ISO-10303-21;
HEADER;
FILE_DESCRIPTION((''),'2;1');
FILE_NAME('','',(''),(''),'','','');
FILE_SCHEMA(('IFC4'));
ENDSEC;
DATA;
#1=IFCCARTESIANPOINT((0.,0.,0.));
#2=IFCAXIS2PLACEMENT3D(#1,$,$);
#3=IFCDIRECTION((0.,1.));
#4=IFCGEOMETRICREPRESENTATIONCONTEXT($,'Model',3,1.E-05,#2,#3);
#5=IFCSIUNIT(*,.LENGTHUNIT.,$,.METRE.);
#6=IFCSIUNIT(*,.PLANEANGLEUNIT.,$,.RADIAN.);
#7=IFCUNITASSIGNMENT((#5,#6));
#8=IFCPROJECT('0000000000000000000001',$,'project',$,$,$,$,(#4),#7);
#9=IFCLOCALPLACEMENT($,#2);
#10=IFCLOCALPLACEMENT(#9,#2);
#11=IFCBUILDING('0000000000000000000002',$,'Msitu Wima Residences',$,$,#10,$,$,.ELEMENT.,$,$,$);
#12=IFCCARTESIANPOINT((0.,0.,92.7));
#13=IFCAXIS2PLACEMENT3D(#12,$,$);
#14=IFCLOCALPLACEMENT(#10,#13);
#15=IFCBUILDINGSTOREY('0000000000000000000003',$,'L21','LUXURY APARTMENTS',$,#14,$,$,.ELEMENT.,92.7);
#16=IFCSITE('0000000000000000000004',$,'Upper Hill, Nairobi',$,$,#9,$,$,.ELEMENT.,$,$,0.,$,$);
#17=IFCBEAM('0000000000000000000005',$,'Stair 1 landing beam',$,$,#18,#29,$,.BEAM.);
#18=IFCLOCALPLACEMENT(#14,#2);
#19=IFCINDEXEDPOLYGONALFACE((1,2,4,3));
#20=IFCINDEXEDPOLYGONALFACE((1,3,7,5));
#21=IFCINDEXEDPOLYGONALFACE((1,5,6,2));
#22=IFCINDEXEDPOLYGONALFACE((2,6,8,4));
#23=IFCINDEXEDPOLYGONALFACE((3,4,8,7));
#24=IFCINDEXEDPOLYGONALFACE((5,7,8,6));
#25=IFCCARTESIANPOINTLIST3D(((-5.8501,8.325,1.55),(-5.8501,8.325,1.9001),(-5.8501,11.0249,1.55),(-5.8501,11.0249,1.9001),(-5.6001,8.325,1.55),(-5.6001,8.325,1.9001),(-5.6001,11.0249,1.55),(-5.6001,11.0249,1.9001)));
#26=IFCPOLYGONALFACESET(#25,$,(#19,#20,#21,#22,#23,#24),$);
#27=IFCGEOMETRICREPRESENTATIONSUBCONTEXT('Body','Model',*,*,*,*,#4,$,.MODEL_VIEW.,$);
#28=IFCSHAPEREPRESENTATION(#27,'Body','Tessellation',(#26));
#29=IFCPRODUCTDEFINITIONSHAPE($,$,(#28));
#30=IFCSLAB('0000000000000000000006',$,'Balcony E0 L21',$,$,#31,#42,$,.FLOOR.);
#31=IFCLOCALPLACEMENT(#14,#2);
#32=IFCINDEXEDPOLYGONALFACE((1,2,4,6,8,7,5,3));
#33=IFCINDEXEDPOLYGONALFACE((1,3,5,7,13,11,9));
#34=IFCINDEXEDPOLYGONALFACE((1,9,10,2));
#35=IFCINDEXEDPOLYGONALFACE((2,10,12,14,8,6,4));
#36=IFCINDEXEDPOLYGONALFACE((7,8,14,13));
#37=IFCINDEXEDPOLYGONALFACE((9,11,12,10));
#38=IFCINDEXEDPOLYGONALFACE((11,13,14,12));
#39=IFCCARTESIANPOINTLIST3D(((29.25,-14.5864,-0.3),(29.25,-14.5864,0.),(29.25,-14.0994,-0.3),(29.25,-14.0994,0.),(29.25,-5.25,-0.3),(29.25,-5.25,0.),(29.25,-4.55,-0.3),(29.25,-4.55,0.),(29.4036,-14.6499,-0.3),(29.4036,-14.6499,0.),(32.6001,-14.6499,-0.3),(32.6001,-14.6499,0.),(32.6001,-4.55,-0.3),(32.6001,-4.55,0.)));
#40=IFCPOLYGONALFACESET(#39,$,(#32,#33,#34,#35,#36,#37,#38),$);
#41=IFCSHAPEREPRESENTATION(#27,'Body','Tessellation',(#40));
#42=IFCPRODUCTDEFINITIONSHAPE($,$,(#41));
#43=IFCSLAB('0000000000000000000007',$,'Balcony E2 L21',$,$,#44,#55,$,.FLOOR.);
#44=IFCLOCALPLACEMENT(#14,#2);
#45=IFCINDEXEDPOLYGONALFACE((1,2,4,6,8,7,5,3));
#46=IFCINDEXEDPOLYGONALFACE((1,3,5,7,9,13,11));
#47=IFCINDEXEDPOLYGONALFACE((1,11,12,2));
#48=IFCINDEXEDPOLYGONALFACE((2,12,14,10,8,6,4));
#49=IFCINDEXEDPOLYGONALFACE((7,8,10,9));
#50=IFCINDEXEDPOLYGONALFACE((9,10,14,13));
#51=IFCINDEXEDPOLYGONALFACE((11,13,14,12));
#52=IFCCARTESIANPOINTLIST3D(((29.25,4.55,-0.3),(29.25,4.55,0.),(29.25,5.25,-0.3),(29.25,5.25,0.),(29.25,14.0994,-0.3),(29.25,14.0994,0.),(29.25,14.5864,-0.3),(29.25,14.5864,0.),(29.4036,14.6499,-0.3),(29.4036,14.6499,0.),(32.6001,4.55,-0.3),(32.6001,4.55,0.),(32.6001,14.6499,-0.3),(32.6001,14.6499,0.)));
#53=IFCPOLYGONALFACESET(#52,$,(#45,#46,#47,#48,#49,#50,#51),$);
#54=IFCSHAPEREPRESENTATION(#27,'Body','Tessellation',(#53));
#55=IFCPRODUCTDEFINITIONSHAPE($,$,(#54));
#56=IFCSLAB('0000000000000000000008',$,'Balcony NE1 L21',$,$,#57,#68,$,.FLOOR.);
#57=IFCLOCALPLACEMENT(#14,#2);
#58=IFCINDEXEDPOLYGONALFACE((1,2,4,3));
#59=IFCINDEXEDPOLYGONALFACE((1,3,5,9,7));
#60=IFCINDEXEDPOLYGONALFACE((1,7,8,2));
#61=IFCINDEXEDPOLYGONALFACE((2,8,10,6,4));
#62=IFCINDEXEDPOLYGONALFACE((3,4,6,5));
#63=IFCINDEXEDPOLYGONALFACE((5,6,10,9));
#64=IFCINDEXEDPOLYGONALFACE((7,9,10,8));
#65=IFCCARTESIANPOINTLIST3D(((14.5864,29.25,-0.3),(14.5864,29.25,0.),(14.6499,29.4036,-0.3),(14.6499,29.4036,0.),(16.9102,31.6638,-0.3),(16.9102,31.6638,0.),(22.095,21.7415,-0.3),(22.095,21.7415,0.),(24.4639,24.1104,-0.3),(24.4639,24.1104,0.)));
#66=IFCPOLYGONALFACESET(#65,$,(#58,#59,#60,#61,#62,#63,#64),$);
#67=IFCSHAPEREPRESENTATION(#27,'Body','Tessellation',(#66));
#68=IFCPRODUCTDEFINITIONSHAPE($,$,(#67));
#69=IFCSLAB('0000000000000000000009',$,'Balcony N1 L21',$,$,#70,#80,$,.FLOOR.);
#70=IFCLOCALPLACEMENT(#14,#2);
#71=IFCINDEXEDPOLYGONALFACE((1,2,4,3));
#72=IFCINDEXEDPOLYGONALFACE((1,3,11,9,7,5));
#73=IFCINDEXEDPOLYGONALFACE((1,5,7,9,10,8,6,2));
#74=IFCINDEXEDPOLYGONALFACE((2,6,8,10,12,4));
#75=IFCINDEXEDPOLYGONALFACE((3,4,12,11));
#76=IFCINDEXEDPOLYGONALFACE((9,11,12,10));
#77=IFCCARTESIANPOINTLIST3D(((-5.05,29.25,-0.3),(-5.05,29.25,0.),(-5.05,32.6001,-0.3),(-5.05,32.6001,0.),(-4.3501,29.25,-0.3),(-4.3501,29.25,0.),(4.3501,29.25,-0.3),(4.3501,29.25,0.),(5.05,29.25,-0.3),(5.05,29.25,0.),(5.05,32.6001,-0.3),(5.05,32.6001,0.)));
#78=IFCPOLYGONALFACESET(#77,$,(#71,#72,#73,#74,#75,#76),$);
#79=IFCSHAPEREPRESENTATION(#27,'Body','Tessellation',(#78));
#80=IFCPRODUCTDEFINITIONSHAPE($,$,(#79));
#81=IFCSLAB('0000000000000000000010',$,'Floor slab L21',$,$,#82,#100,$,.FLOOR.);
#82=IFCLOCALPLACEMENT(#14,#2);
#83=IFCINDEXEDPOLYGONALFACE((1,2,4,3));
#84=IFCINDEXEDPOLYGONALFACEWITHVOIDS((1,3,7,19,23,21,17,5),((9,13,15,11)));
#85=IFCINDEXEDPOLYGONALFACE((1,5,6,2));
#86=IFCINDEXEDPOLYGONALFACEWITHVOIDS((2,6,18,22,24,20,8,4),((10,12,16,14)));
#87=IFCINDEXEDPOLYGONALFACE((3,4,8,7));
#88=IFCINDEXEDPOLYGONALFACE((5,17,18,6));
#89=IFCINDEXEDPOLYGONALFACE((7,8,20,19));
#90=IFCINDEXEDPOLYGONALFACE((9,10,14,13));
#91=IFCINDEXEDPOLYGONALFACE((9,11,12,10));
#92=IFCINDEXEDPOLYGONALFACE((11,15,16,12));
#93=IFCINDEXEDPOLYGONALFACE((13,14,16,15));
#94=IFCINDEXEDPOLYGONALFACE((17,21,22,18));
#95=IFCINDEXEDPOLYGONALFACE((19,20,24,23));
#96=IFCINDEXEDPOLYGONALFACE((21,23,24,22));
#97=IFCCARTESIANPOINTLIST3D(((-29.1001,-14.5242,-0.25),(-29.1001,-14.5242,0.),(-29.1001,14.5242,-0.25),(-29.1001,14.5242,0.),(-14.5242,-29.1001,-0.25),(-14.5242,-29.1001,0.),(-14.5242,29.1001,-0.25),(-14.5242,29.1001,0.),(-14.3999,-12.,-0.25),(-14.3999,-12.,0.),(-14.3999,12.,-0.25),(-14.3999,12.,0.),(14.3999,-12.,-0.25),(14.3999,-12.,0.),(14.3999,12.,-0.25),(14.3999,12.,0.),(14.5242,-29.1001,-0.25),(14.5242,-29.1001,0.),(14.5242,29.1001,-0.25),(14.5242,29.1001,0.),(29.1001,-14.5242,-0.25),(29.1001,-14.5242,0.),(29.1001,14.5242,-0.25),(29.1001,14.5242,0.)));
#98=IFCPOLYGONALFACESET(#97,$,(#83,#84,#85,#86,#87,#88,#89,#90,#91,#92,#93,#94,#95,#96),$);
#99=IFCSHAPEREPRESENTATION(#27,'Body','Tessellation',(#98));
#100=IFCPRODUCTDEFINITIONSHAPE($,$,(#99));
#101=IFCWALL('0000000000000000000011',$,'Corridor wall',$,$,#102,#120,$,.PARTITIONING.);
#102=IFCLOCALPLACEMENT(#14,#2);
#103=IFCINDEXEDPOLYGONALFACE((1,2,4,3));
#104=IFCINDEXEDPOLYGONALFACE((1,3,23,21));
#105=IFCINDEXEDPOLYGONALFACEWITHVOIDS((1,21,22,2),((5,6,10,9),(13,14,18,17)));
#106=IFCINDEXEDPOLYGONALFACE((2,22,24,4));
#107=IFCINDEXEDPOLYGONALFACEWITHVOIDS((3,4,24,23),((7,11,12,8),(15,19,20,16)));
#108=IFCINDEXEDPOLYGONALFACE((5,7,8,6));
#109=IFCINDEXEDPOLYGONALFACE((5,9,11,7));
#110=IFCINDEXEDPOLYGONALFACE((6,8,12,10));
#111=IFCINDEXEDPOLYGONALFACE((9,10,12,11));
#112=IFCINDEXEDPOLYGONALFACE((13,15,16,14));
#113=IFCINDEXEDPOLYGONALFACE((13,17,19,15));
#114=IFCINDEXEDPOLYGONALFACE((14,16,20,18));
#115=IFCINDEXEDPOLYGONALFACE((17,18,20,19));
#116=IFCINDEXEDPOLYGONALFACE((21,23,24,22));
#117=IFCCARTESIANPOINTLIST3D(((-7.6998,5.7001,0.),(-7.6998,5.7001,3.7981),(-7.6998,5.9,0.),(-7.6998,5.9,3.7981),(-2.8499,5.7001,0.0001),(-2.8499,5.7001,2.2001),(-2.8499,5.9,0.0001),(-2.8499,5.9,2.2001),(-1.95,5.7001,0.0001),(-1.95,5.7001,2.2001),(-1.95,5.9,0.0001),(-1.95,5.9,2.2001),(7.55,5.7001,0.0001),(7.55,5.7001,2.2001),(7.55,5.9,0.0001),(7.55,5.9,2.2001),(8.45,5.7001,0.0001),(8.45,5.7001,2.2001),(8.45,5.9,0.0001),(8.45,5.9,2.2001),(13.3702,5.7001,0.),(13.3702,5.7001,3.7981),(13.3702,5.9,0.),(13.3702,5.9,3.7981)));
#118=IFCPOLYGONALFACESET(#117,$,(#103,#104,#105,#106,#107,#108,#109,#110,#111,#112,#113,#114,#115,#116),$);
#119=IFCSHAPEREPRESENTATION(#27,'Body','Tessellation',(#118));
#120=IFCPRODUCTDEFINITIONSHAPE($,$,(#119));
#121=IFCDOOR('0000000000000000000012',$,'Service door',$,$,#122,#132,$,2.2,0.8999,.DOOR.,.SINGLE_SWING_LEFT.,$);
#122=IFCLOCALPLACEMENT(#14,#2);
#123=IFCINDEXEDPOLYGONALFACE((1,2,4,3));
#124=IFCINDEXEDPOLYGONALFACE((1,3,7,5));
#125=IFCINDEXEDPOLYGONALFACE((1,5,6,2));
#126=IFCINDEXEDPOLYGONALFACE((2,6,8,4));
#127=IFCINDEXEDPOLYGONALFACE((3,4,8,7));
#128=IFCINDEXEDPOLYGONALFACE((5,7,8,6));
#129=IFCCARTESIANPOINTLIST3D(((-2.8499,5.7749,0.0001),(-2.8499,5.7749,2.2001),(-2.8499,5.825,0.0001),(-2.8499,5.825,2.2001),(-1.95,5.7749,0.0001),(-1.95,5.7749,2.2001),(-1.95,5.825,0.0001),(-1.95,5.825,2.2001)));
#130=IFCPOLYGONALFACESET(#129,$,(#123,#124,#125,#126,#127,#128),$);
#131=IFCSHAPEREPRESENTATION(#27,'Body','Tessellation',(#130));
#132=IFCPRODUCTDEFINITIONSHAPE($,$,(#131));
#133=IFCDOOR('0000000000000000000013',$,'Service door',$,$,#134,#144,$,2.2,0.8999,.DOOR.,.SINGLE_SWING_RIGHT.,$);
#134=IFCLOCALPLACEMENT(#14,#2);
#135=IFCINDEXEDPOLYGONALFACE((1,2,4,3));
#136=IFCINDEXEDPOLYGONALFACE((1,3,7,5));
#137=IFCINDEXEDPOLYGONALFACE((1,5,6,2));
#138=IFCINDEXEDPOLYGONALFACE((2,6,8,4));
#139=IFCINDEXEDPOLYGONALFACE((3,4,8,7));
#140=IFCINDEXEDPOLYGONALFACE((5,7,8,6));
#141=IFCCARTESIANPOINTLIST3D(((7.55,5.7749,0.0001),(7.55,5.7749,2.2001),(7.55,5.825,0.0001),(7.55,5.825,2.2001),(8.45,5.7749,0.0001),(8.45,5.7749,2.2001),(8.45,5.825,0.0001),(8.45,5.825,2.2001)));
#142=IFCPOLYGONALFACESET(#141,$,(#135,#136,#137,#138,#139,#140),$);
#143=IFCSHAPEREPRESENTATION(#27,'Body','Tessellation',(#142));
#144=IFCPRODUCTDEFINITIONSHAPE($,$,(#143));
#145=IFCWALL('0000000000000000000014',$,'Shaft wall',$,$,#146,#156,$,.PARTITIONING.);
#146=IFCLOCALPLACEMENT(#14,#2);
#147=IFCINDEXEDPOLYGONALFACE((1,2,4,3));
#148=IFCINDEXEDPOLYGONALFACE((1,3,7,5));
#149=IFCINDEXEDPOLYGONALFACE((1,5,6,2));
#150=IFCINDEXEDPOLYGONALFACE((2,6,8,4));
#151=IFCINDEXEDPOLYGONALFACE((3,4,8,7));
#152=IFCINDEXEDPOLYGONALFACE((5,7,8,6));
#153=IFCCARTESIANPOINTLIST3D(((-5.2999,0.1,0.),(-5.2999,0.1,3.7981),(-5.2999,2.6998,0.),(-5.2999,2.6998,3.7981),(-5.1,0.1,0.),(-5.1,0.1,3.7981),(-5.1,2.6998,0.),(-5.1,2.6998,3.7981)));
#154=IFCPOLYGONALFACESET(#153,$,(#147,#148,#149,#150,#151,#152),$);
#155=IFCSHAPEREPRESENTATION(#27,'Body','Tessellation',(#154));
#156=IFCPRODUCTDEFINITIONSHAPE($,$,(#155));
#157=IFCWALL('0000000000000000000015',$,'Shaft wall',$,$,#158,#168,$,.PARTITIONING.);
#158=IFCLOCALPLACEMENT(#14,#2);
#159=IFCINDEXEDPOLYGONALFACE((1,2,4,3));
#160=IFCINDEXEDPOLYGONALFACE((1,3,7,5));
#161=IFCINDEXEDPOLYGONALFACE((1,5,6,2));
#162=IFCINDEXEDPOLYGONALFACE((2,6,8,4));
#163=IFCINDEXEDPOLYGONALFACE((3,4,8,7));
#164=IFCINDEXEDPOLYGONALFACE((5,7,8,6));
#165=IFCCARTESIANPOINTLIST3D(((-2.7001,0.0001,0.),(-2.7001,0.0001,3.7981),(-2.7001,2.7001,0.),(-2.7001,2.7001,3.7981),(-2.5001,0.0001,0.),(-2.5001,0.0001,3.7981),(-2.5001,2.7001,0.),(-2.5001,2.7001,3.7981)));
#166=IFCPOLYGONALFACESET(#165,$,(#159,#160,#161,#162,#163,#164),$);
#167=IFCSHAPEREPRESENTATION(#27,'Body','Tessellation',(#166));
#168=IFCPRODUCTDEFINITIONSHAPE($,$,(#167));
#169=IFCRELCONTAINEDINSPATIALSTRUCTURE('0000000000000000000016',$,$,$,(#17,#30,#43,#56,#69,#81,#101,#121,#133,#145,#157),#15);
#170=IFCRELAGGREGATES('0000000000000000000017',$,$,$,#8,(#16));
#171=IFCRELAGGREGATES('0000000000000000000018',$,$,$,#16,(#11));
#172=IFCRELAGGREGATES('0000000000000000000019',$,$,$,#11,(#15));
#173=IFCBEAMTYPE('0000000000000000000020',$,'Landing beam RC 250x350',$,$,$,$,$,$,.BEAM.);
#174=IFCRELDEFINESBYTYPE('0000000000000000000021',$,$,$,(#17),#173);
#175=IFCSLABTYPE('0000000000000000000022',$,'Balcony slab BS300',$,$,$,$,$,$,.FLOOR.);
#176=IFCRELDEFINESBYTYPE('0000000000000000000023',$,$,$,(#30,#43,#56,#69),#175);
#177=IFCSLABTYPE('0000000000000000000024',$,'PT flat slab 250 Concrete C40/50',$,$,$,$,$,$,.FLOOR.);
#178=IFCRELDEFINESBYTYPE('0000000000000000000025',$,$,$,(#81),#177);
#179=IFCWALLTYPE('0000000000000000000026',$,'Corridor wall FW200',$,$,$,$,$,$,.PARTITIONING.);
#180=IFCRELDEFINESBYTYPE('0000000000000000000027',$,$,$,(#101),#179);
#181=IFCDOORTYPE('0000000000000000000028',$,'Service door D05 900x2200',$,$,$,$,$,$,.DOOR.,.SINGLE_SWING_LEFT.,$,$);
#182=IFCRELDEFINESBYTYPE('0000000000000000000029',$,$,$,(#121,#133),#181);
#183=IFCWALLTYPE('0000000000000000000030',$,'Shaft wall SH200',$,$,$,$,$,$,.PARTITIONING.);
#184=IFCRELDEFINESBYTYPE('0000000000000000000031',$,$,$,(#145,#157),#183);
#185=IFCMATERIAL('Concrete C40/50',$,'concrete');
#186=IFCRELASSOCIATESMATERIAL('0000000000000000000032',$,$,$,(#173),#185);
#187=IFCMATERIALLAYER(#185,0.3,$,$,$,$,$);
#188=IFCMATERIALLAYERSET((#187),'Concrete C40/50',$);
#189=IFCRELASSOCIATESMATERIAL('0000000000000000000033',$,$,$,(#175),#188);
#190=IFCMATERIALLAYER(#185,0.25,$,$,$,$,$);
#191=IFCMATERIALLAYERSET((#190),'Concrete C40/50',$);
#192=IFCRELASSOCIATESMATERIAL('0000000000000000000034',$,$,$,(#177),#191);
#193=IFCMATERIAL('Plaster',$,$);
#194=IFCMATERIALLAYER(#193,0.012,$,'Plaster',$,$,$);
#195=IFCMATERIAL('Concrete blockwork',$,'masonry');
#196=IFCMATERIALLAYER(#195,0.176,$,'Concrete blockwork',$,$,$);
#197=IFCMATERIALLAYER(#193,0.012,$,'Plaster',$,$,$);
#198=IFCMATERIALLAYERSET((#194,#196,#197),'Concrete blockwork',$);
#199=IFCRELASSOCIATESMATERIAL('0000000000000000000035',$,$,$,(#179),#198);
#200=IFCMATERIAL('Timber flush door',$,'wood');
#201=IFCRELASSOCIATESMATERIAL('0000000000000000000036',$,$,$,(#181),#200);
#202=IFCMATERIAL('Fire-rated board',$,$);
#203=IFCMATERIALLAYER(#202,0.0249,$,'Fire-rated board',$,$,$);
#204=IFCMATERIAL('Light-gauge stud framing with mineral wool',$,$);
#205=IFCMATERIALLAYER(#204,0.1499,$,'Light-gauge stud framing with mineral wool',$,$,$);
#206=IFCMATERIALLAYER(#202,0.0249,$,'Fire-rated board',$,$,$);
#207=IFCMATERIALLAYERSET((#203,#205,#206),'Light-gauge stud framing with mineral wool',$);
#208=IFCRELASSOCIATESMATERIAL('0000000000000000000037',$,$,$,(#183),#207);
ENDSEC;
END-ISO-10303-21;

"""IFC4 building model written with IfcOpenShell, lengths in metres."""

from ifc_helpers import new_model, si_unit, direction, frame, frame_2d, origin, origin_2d, place, context, subcontext, project, spatial, polyline, rectangle, outline, extrude, material, layer, layer_set, material_profile, profile_set, type_object, element, fill, save


model = new_model("IFC4")

# Units and contexts
model_context = context("Model", 3, precision=1e-05, world=origin(), true_north=direction((0.0, 1.0)))
body_context = subcontext(model_context, "Body", "Model", "MODEL_VIEW")
ifc_project = project(units=[si_unit("LENGTHUNIT", "METRE"), si_unit("PLANEANGLEUNIT", "RADIAN")], contexts=[model_context])

# Site, building, storey
site_placement = place(None, origin())
site = spatial("IfcSite", under=ifc_project, at=site_placement, Name="Upper Hill, Nairobi", CompositionType="ELEMENT", RefElevation=0.0)
building_placement = place(site_placement, origin())
building = spatial("IfcBuilding", under=site, at=building_placement, Name="Msitu Wima Residences", CompositionType="ELEMENT")
storey_placement = place(building_placement, frame((0.0, 0.0, 92.7)))
storey = spatial("IfcBuildingStorey", under=building, at=storey_placement, Name="L21", Description="LUXURY APARTMENTS", CompositionType="ELEMENT", Elevation=92.7)

# Beam
ifc_material_1 = material(Name="Concrete C40/50", Category="concrete")
ifc_material_profile = material_profile(ifc_material_1, rectangle(XDim=0.25, YDim=0.3501, at=origin_2d()), Name="RC 250x350")
ifc_profile_set = profile_set([ifc_material_profile], Name="Concrete C40/50")
beam_type = type_object("IfcBeamType", Name="Landing beam RC 250x350", PredefinedType="BEAM", material=ifc_profile_set)
beam_placement = place(storey_placement, frame((-5.7251, 8.325, 1.7251), z_axis=(0.0, 1.0, 0.0), x_axis=(-1.0, 0.0, 0.0)))
element("IfcBeam", 1, at=beam_placement, inside=storey, type_object=beam_type, Name="Stair 1 landing beam", PredefinedType="BEAM", context=body_context, shape_type="SweptSolid", body=[
    extrude(rectangle(XDim=0.25, YDim=0.3501, at=origin_2d()), origin(), (0.0, 0.0, 1.0), 2.7),
])

# Slabs
ifc_layer_1 = layer(ifc_material_1, 0.3)
ifc_layer_set_1 = layer_set([ifc_layer_1], Name="Concrete C40/50")
slab_type_1 = type_object("IfcSlabType", Name="Balcony slab BS300", PredefinedType="FLOOR", material=ifc_layer_set_1)
slab_1_placement = place(storey_placement, frame((0.0, 0.0, -0.3)))
element("IfcSlab", 2, at=slab_1_placement, inside=storey, type_object=slab_type_1, Name="Balcony E0 L21", PredefinedType="FLOOR", context=body_context, shape_type="SweptSolid", body=[
    extrude(outline(polyline([(29.25, -14.0994), (29.25, -14.0994), (29.25, -5.25), (29.25, -4.55), (32.6001, -4.55), (32.6001, -14.6499), (29.4036, -14.6499), (29.25, -14.5864), (29.25, -14.0994), (29.25, -14.0994)])), origin(), (0.0, 0.0, 1.0), 0.3),
])
slab_2_placement = place(storey_placement, frame((0.0, 0.0, -0.3)))
element("IfcSlab", 3, at=slab_2_placement, inside=storey, type_object=slab_type_1, Name="Balcony E2 L21", PredefinedType="FLOOR", context=body_context, shape_type="SweptSolid", body=[
    extrude(outline(polyline([(29.25, 14.0994), (29.25, 14.0994), (29.25, 14.0994), (29.25, 14.5864), (29.4036, 14.6499), (32.6001, 14.6499), (32.6001, 4.55), (29.25, 4.55), (29.25, 5.25), (29.25, 14.0994)])), origin(), (0.0, 0.0, 1.0), 0.3),
])
slab_3_placement = place(storey_placement, frame((0.0, 0.0, -0.3)))
element("IfcSlab", 4, at=slab_3_placement, inside=storey, type_object=slab_type_1, Name="Balcony NE1 L21", PredefinedType="FLOOR", context=body_context, shape_type="SweptSolid", body=[
    extrude(outline(polyline([(16.9102, 31.6638), (24.4639, 24.1104), (22.095, 21.7415), (14.5864, 29.25), (14.6499, 29.4036), (16.9102, 31.6638)])), origin(), (0.0, 0.0, 1.0), 0.3),
])
slab_4_placement = place(storey_placement, frame((0.0, 0.0, -0.3)))
element("IfcSlab", 5, at=slab_4_placement, inside=storey, type_object=slab_type_1, Name="Balcony N1 L21", PredefinedType="FLOOR", context=body_context, shape_type="SweptSolid", body=[
    extrude(outline(polyline([(4.3501, 29.25), (-4.3501, 29.25), (-5.05, 29.25), (-5.05, 32.6001), (5.05, 32.6001), (5.05, 29.25), (4.3501, 29.25)])), origin(), (0.0, 0.0, 1.0), 0.3),
])
ifc_layer_2 = layer(ifc_material_1, 0.25)
ifc_layer_set_2 = layer_set([ifc_layer_2], Name="Concrete C40/50")
slab_type_2 = type_object("IfcSlabType", Name="PT flat slab 250 Concrete C40/50", PredefinedType="FLOOR", material=ifc_layer_set_2)
slab_5_placement = place(storey_placement, frame((0.0, 0.0, -0.25)))
element("IfcSlab", 6, at=slab_5_placement, inside=storey, type_object=slab_type_2, Name="Floor slab L21", PredefinedType="FLOOR", context=body_context, shape_type="SweptSolid", body=[
    extrude(outline(polyline([(29.1001, -14.5242), (14.5242, -29.1001), (-14.5242, -29.1001), (-29.1001, -14.5242), (-29.1001, 14.5242), (-14.5242, 29.1001), (14.5242, 29.1001), (29.1001, 14.5242), (29.1001, -14.5242)]), holes=[polyline([(-14.3999, -12.0), (14.3999, -12.0), (14.3999, 12.0), (-14.3999, 12.0), (-14.3999, -12.0)])]), origin(), (0.0, 0.0, 1.0), 0.25),
])

# Shared definitions
ifc_material_2 = material(Name="Plaster")
ifc_layer_3 = layer(ifc_material_2, 0.012, Name="Plaster")
ifc_material_3 = material(Name="Concrete blockwork", Category="masonry")
ifc_layer_4 = layer(ifc_material_3, 0.176, Name="Concrete blockwork")
ifc_layer_5 = layer(ifc_material_2, 0.012, Name="Plaster")
ifc_layer_set_3 = layer_set([ifc_layer_3, ifc_layer_4, ifc_layer_5], Name="Concrete blockwork")
wall_type_1 = type_object("IfcWallType", Name="Corridor wall FW200", PredefinedType="PARTITIONING", material=ifc_layer_set_3)

# Wall, openings, doors
wall_1_placement = place(storey_placement, frame((-7.7, 5.8, 0.0), z_axis=(0.0, 0.0, 1.0), x_axis=(1.0, 0.0, 0.0)))
wall_1 = element("IfcWall", 7, at=wall_1_placement, inside=storey, type_object=wall_type_1, Name="Corridor wall", PredefinedType="PARTITIONING", context=body_context, shape_type="SweptSolid", body=[
    extrude(rectangle(XDim=21.0701, YDim=0.2, at=frame_2d((10.5352, 0.0))), origin(), (0.0, 0.0, 1.0), 3.7981),
])
opening_1_placement = place(wall_1_placement, frame((4.8501, 0.0, 0.0)))
opening_1 = element("IfcOpeningElement", 8, at=opening_1_placement, cuts=wall_1, PredefinedType="OPENING", context=body_context, shape_type="SweptSolid", body=[
    extrude(rectangle(XDim=0.8999, YDim=2.2, at=frame_2d((0.45, 1.1001))), frame((0.0, 0.1099, 0.0), z_axis=(0.0, -1.0, 0.0), x_axis=(1.0, 0.0, 0.0)), (0.0, 0.0, 1.0), 0.22),
])
opening_2_placement = place(wall_1_placement, frame((15.25, 0.0, 0.0)))
opening_2 = element("IfcOpeningElement", 9, at=opening_2_placement, cuts=wall_1, PredefinedType="OPENING", context=body_context, shape_type="SweptSolid", body=[
    extrude(rectangle(XDim=0.8999, YDim=2.2, at=frame_2d((0.45, 1.1001))), frame((0.0, 0.1099, 0.0), z_axis=(0.0, -1.0, 0.0), x_axis=(1.0, 0.0, 0.0)), (0.0, 0.0, 1.0), 0.22),
])
ifc_material_4 = material(Name="Timber flush door", Category="wood")
door_type_1 = type_object("IfcDoorType", Name="Service door D05 900x2200", OperationType="SINGLE_SWING_LEFT", PredefinedType="DOOR", material=ifc_material_4)
door_1_placement = place(opening_1_placement, origin())
door_1 = element("IfcDoor", 10, at=door_1_placement, inside=storey, type_object=door_type_1, Name="Service door", OperationType="SINGLE_SWING_LEFT", OverallHeight=2.2, OverallWidth=0.8999, PredefinedType="DOOR", context=body_context, shape_type="SweptSolid", body=[
    extrude(rectangle(XDim=0.8999, YDim=2.2, at=frame_2d((0.45, 1.1001))), frame((0.0, 0.0249, 0.0), z_axis=(0.0, -1.0, 0.0), x_axis=(1.0, 0.0, 0.0)), (0.0, 0.0, 1.0), 0.05),
])
fill(opening_1, door_1)
door_2_placement = place(opening_2_placement, origin())
door_2 = element("IfcDoor", 11, at=door_2_placement, inside=storey, type_object=door_type_1, Name="Service door", OperationType="SINGLE_SWING_RIGHT", OverallHeight=2.2, OverallWidth=0.8999, PredefinedType="DOOR", context=body_context, shape_type="SweptSolid", body=[
    extrude(rectangle(XDim=0.8999, YDim=2.2, at=frame_2d((0.45, 1.1001))), frame((0.0, 0.0249, 0.0), z_axis=(0.0, -1.0, 0.0), x_axis=(1.0, 0.0, 0.0)), (0.0, 0.0, 1.0), 0.05),
])
fill(opening_2, door_2)

# Walls
ifc_material_5 = material(Name="Fire-rated board")
ifc_layer_6 = layer(ifc_material_5, 0.0249, Name="Fire-rated board")
ifc_material_6 = material(Name="Light-gauge stud framing with mineral wool")
ifc_layer_7 = layer(ifc_material_6, 0.1499, Name="Light-gauge stud framing with mineral wool")
ifc_layer_8 = layer(ifc_material_5, 0.0249, Name="Fire-rated board")
ifc_layer_set_4 = layer_set([ifc_layer_6, ifc_layer_7, ifc_layer_8], Name="Light-gauge stud framing with mineral wool")
wall_type_2 = type_object("IfcWallType", Name="Shaft wall SH200", PredefinedType="PARTITIONING", material=ifc_layer_set_4)
wall_2_placement = place(storey_placement, frame((-5.2, 0.1001, 0.0), z_axis=(0.0, 0.0, 1.0), x_axis=(0.0, 1.0, 0.0)))
element("IfcWall", 12, at=wall_2_placement, inside=storey, type_object=wall_type_2, Name="Shaft wall", PredefinedType="PARTITIONING", context=body_context, shape_type="SweptSolid", body=[
    extrude(rectangle(XDim=2.5999, YDim=0.2, at=frame_2d((1.2998, 0.0))), origin(), (0.0, 0.0, 1.0), 3.7981),
])
wall_3_placement = place(storey_placement, frame((-2.6001, 0.0, 0.0), z_axis=(0.0, 0.0, 1.0), x_axis=(0.0, 1.0, 0.0)))
element("IfcWall", 13, at=wall_3_placement, inside=storey, type_object=wall_type_2, Name="Shaft wall", PredefinedType="PARTITIONING", context=body_context, shape_type="SweptSolid", body=[
    extrude(rectangle(XDim=2.7, YDim=0.2, at=frame_2d((1.3501, 0.0))), origin(), (0.0, 0.0, 1.0), 3.7981),
])

save(model, "model.ifc")
